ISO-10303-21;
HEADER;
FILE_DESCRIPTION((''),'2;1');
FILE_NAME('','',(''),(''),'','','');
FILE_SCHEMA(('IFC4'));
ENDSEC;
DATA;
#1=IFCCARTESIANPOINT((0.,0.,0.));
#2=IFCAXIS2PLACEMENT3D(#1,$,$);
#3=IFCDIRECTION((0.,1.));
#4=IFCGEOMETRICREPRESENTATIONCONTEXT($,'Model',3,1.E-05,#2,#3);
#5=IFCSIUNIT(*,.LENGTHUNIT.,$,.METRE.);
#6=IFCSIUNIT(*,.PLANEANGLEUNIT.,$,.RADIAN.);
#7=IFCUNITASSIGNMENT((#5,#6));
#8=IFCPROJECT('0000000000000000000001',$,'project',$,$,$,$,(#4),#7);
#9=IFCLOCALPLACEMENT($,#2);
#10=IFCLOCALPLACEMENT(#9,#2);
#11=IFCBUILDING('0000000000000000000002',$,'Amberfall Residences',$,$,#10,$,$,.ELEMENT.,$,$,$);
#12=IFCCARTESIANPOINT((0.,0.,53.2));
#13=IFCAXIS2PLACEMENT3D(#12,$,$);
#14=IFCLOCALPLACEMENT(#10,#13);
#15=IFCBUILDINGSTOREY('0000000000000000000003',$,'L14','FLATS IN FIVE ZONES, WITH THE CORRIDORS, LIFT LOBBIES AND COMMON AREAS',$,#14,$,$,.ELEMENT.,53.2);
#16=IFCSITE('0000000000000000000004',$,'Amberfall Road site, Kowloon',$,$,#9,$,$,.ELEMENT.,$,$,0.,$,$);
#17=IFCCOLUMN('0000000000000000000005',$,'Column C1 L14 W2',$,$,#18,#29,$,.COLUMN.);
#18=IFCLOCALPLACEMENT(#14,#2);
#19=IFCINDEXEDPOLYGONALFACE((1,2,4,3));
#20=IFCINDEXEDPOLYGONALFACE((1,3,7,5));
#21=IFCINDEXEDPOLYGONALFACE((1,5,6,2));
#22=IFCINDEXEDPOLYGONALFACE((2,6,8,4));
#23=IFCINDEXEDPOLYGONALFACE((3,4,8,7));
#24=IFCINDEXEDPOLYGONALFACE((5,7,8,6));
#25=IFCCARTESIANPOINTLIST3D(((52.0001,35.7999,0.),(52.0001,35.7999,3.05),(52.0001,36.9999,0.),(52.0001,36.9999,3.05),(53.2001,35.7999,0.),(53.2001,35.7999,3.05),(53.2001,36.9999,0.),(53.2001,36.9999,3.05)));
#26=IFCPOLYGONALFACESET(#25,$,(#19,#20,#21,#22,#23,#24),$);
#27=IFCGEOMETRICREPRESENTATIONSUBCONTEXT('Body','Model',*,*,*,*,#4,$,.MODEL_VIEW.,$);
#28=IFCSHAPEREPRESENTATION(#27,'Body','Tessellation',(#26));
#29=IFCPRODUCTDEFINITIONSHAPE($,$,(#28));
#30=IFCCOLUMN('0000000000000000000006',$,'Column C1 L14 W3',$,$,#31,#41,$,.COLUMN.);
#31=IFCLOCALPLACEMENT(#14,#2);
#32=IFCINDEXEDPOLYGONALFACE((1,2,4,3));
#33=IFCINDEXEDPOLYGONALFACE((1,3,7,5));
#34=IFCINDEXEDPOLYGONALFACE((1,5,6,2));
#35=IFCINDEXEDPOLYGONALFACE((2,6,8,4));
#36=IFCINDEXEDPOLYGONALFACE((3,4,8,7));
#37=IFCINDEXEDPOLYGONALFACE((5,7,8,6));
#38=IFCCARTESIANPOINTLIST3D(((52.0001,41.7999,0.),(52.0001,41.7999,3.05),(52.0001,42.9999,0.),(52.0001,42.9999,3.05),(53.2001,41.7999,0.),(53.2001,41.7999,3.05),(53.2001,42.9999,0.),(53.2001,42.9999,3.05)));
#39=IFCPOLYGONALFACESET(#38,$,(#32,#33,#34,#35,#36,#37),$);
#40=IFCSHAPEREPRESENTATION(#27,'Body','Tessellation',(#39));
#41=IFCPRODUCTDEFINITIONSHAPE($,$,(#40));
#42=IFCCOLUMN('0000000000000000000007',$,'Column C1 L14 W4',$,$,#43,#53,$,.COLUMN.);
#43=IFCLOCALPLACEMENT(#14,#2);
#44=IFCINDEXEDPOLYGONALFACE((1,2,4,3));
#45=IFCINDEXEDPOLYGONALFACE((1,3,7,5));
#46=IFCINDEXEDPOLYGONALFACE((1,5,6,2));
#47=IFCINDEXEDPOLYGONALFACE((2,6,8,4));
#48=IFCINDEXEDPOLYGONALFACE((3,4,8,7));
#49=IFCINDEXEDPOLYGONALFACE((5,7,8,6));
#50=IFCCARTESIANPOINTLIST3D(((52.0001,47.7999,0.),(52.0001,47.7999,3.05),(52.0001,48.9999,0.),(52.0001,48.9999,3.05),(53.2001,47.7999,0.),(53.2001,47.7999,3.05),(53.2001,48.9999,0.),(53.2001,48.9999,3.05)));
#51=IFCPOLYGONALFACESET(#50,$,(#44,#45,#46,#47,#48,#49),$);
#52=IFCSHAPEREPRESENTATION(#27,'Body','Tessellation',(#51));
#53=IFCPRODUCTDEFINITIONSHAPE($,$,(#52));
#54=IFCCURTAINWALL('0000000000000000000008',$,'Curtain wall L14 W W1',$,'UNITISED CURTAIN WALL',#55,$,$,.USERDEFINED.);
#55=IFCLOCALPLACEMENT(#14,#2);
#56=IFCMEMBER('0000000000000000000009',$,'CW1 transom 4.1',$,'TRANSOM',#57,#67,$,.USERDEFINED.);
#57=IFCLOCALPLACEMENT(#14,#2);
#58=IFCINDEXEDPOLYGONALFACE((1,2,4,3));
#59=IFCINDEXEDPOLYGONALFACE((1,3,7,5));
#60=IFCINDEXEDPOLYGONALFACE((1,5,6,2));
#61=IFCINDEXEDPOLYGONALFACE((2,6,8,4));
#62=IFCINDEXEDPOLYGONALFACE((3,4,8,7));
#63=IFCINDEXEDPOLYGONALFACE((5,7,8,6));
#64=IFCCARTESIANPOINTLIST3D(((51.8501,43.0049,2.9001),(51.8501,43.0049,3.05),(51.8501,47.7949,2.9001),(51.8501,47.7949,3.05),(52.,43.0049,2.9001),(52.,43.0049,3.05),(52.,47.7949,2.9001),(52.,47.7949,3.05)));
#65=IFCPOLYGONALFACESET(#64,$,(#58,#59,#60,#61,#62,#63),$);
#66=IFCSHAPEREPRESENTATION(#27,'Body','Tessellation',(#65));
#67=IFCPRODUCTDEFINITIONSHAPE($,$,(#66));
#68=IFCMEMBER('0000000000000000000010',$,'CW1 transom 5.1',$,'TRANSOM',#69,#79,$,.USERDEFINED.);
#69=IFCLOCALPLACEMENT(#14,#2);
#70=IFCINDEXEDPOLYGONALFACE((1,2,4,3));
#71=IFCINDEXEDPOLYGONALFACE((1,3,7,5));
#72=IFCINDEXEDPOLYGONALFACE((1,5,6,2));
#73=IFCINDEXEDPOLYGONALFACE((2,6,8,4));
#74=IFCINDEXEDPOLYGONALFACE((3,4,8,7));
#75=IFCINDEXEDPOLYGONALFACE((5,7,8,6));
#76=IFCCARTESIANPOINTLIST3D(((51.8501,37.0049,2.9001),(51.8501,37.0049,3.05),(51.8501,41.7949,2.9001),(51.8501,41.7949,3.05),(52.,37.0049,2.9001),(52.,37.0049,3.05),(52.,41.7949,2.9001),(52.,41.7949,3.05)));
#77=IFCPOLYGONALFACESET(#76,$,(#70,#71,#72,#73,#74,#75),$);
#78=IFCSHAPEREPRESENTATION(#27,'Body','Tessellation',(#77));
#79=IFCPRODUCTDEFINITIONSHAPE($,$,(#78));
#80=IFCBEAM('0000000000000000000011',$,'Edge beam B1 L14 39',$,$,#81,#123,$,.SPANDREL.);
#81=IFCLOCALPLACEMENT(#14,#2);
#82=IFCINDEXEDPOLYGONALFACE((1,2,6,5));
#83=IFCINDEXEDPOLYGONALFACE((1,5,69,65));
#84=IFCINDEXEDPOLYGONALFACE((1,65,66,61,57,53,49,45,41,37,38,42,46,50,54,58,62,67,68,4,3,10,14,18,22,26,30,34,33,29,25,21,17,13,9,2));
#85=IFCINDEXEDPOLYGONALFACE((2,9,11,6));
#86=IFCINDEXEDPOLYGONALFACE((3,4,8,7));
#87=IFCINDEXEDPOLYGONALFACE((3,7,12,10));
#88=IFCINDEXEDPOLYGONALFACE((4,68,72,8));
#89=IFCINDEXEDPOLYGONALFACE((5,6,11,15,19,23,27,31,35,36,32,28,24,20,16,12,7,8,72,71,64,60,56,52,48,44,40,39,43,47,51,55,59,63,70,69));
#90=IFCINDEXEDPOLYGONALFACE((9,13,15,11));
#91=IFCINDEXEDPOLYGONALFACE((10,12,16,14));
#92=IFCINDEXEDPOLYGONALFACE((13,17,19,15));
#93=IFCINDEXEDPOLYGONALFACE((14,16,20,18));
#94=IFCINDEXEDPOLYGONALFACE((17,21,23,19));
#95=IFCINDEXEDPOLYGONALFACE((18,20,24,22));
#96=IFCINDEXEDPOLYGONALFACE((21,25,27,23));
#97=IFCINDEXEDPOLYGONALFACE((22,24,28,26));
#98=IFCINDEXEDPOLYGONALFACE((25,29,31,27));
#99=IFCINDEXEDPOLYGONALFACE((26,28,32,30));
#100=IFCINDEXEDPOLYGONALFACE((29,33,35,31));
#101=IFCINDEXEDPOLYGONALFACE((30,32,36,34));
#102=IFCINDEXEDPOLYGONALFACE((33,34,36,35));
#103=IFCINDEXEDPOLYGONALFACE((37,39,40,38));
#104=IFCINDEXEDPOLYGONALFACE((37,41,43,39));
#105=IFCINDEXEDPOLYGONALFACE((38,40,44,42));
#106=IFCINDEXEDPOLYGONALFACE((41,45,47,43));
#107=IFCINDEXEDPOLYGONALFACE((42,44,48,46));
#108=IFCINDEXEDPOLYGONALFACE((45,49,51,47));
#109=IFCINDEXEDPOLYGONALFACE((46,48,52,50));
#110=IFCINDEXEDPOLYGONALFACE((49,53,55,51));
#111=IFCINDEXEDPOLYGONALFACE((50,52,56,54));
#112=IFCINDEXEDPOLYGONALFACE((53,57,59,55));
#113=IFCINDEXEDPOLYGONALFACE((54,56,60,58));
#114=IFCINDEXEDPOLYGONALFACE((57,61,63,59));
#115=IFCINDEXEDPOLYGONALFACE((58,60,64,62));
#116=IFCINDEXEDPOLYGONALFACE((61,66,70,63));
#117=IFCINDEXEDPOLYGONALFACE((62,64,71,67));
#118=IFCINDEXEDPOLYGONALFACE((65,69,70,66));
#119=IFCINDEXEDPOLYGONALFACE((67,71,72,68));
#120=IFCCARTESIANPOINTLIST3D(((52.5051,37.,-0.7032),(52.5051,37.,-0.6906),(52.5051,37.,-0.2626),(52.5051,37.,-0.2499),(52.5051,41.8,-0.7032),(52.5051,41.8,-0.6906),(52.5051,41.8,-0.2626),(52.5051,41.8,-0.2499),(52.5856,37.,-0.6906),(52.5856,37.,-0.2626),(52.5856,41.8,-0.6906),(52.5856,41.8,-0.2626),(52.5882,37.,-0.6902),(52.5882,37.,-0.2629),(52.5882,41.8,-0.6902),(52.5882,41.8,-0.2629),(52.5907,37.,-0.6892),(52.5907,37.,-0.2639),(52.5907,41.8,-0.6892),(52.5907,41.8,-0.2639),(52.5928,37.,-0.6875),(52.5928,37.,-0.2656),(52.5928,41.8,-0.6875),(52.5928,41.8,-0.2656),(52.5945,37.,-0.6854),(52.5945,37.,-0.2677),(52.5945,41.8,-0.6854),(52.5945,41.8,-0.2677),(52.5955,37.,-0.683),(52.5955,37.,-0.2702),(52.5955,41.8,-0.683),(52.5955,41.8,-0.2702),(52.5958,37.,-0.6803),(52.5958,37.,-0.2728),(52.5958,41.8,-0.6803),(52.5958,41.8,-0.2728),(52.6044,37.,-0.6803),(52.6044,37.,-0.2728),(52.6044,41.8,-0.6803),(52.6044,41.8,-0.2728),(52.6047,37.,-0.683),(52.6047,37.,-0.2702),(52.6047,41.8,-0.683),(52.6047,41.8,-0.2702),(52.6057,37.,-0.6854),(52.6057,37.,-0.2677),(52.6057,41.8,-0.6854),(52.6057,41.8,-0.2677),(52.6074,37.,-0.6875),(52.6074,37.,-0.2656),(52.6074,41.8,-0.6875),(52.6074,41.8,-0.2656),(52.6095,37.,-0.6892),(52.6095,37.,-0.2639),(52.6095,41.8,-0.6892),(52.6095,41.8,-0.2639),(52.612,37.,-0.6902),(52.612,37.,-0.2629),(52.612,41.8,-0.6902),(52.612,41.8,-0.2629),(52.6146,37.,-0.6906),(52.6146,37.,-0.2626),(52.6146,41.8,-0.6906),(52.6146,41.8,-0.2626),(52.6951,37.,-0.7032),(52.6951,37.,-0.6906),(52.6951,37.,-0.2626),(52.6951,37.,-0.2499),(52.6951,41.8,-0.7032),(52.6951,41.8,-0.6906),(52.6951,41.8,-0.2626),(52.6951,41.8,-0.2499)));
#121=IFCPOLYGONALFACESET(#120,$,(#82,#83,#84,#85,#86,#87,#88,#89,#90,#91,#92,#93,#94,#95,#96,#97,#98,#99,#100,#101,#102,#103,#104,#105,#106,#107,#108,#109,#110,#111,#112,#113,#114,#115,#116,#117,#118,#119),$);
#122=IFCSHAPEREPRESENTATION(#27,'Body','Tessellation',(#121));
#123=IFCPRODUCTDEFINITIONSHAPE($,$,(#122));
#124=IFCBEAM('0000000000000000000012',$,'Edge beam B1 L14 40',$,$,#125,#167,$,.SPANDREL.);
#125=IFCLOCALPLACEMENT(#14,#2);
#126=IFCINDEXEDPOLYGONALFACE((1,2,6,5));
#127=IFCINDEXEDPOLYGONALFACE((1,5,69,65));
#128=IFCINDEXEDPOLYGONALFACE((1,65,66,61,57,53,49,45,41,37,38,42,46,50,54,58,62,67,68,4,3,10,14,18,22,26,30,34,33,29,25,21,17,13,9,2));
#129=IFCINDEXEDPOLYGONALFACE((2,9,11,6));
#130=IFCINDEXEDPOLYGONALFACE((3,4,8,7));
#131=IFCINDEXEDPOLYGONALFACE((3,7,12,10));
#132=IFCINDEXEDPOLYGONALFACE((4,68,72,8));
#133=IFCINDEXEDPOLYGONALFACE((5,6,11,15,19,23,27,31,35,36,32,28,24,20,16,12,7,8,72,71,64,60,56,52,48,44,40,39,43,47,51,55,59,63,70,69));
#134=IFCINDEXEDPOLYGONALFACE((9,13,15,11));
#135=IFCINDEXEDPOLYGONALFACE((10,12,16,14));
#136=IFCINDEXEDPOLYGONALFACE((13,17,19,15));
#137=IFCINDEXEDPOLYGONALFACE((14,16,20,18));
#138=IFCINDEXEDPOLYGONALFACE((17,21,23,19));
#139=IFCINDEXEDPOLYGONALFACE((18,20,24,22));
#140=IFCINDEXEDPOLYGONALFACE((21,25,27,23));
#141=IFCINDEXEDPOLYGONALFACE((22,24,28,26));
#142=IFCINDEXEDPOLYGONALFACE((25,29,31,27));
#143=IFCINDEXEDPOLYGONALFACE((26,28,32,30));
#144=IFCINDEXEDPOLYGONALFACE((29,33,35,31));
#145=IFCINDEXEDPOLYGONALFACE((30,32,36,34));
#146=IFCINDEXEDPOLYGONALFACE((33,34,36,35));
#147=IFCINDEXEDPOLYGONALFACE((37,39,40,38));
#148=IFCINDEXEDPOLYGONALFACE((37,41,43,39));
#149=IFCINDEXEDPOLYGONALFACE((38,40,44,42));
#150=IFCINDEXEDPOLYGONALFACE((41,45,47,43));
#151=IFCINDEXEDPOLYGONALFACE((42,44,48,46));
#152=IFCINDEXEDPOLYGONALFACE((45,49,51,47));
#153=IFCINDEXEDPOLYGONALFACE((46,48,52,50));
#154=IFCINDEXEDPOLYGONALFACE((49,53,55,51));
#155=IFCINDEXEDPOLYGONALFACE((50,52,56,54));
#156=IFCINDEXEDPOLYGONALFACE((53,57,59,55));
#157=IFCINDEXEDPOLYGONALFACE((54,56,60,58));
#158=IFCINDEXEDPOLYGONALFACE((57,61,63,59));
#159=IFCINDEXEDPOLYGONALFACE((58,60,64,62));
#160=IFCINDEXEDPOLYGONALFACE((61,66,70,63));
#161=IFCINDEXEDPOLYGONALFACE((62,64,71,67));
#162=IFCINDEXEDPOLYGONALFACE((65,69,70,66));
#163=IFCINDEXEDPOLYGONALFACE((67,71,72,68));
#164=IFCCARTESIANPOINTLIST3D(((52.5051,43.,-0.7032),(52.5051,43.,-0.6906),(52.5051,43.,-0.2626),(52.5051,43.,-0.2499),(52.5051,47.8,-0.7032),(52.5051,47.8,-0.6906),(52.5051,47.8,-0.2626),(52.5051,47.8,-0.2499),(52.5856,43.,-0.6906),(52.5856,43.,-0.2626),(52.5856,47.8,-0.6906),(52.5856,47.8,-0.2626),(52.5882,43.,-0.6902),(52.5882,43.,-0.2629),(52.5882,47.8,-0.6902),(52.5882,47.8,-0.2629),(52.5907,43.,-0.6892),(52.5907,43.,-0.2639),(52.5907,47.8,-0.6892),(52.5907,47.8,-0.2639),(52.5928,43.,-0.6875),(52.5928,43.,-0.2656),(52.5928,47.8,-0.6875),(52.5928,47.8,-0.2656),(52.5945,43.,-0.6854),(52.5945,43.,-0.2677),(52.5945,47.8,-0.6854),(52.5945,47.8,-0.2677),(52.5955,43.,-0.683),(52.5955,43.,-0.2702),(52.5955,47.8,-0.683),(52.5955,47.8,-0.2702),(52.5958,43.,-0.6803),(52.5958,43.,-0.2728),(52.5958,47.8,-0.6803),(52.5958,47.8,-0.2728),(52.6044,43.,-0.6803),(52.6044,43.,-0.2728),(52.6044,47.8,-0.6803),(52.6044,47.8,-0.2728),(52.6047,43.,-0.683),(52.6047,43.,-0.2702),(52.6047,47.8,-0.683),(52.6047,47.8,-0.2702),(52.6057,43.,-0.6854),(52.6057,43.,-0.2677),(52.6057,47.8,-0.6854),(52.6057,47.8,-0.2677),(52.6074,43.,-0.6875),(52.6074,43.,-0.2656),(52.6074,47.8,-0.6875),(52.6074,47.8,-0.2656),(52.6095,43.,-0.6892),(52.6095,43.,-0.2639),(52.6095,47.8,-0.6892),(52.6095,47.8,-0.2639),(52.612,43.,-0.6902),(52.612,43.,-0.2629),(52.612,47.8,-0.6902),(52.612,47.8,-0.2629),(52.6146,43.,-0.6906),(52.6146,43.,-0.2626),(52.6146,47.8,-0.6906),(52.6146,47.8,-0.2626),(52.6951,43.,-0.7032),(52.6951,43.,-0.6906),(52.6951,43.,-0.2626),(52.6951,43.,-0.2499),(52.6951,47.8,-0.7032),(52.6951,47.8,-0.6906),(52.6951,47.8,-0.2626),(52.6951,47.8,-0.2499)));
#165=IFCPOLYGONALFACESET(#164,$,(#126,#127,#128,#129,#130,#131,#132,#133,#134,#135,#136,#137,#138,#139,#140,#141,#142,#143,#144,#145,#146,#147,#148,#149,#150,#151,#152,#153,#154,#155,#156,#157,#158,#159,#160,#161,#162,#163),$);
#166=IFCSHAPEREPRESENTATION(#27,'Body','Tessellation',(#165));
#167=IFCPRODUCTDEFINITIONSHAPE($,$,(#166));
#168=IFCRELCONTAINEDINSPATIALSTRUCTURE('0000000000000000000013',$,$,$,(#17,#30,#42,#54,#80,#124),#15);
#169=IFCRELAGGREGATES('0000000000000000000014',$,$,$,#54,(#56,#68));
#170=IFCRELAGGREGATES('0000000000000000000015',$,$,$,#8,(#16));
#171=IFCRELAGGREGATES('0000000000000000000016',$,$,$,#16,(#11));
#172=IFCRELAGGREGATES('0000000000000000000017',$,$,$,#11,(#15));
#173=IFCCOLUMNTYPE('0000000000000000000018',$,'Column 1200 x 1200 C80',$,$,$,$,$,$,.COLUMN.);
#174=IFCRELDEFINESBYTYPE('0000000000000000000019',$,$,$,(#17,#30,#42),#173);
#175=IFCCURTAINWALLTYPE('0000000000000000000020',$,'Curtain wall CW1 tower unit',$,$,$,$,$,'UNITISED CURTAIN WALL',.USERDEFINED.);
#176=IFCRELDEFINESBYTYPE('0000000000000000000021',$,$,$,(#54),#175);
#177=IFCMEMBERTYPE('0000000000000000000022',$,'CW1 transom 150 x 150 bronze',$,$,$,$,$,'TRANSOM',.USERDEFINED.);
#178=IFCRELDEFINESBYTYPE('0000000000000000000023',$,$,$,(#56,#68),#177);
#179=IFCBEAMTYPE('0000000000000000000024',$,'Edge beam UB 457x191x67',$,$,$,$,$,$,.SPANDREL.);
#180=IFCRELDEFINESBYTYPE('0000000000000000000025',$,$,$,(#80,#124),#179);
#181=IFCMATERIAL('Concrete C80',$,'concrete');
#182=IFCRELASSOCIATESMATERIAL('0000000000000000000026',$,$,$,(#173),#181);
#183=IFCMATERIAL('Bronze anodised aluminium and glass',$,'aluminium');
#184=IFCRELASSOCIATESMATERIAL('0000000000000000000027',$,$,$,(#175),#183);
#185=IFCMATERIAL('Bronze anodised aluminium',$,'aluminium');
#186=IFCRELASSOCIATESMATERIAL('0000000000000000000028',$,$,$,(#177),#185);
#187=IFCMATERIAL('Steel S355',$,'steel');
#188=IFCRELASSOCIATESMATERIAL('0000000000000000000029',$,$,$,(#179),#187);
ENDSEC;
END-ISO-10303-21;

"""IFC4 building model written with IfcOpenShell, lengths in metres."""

from ifc_helpers import new_model, si_unit, direction, frame, origin, origin_2d, place, context, subcontext, project, spatial, rectangle, i_section, extrude, material, material_profile, profile_set, type_object, element, aggregate, save


model = new_model("IFC4")

# Units and contexts
model_context = context("Model", 3, precision=1e-05, world=origin(), true_north=direction((0.0, 1.0)))
body_context = subcontext(model_context, "Body", "Model", "MODEL_VIEW")
ifc_project = project(units=[si_unit("LENGTHUNIT", "METRE"), si_unit("PLANEANGLEUNIT", "RADIAN")], contexts=[model_context])

# Site, building, storey
site_placement = place(None, origin())
site = spatial("IfcSite", under=ifc_project, at=site_placement, Name="Amberfall Road site, Kowloon", CompositionType="ELEMENT", RefElevation=0.0)
building_placement = place(site_placement, origin())
building = spatial("IfcBuilding", under=site, at=building_placement, Name="Amberfall Residences", CompositionType="ELEMENT")
storey_placement = place(building_placement, frame((0.0, 0.0, 53.2)))
storey = spatial("IfcBuildingStorey", under=building, at=storey_placement, Name="L14", Description="FLATS IN FIVE ZONES, WITH THE CORRIDORS, LIFT LOBBIES AND COMMON AREAS", CompositionType="ELEMENT", Elevation=53.2)

# Columns
ifc_material_1 = material(Name="Concrete C80", Category="concrete")
ifc_material_profile_1 = material_profile(ifc_material_1, rectangle(XDim=1.2, YDim=1.2, at=origin_2d()), Name="Column 1200 x 1200 C80")
ifc_profile_set_1 = profile_set([ifc_material_profile_1], Name="Concrete C80")
column_type = type_object("IfcColumnType", Name="Column 1200 x 1200 C80", PredefinedType="COLUMN", material=ifc_profile_set_1)
for number, where, z_axis, x_axis, name in (
    (1, (52.6001, 36.3999, 0.0), (0.0, 0.0, 1.0), (1.0, 0.0, 0.0), "Column C1 L14 W2"),
    (2, (52.6001, 42.3999, 0.0), (0.0, 0.0, 1.0), (1.0, 0.0, 0.0), "Column C1 L14 W3"),
    (3, (52.6001, 48.3999, 0.0), (0.0, 0.0, 1.0), (1.0, 0.0, 0.0), "Column C1 L14 W4"),
):
    element("IfcColumn", number, at=place(storey_placement, frame(where, z_axis=z_axis, x_axis=x_axis)), inside=storey, type_object=column_type, Name=name, PredefinedType="COLUMN", context=body_context, shape_type="SweptSolid", body=[
        extrude(rectangle(XDim=1.2, YDim=1.2, at=origin_2d()), origin(), (0.0, 0.0, 1.0), 3.05),
    ])

# Curtain wall, members
ifc_material_2 = material(Name="Bronze anodised aluminium and glass", Category="aluminium")
curtain_wall_type = type_object("IfcCurtainWallType", Name="Curtain wall CW1 tower unit", ElementType="UNITISED CURTAIN WALL", PredefinedType="USERDEFINED", material=ifc_material_2)
curtain_wall_placement = place(storey_placement, origin())
curtain_wall = element("IfcCurtainWall", 4, at=curtain_wall_placement, inside=storey, type_object=curtain_wall_type, Name="Curtain wall L14 W W1", ObjectType="UNITISED CURTAIN WALL", PredefinedType="USERDEFINED")
ifc_material_3 = material(Name="Bronze anodised aluminium", Category="aluminium")
ifc_material_profile_2 = material_profile(ifc_material_3, rectangle(XDim=0.1499, YDim=0.1499, at=origin_2d()), Name="CW1 transom 150 x 150 bronze")
ifc_profile_set_2 = profile_set([ifc_material_profile_2], Name="Bronze anodised aluminium")
member_type_1 = type_object("IfcMemberType", Name="CW1 transom 150 x 150 bronze", ElementType="TRANSOM", PredefinedType="USERDEFINED", material=ifc_profile_set_2)
member_1_placement = place(storey_placement, frame((51.925, 47.7949, 2.9751), z_axis=(0.0, -1.0, 0.0), x_axis=(1.0, 0.0, 0.0)))
member_1 = element("IfcMember", 5, at=member_1_placement, type_object=member_type_1, Name="CW1 transom 4.1", ObjectType="TRANSOM", PredefinedType="USERDEFINED", context=body_context, shape_type="SweptSolid", body=[
    extrude(rectangle(XDim=0.1499, YDim=0.1499, at=origin_2d()), origin(), (0.0, 0.0, 1.0), 4.79),
])
member_2_placement = place(storey_placement, frame((51.925, 41.7949, 2.9751), z_axis=(0.0, -1.0, 0.0), x_axis=(1.0, 0.0, 0.0)))
member_2 = element("IfcMember", 6, at=member_2_placement, type_object=member_type_1, Name="CW1 transom 5.1", ObjectType="TRANSOM", PredefinedType="USERDEFINED", context=body_context, shape_type="SweptSolid", body=[
    extrude(rectangle(XDim=0.1499, YDim=0.1499, at=origin_2d()), origin(), (0.0, 0.0, 1.0), 4.79),
])

# Beams
ifc_material_4 = material(Name="Steel S355", Category="steel")
ifc_material_profile_3 = material_profile(ifc_material_4, i_section(OverallWidth=0.1899, OverallDepth=0.4534, WebThickness=0.0085, FlangeThickness=0.0127, FilletRadius=0.0103, at=origin_2d()), Name="UB 457x191x67")
ifc_profile_set_3 = profile_set([ifc_material_profile_3], Name="Steel S355")
beam_type_1 = type_object("IfcBeamType", Name="Edge beam UB 457x191x67", PredefinedType="SPANDREL", material=ifc_profile_set_3)
for number, where, z_axis, x_axis, name in (
    (7, (52.6001, 37.0, -0.4766), (0.0, 1.0, 0.0), (-1.0, 0.0, 0.0), "Edge beam B1 L14 39"),
    (8, (52.6001, 43.0, -0.4766), (0.0, 1.0, 0.0), (-1.0, 0.0, 0.0), "Edge beam B1 L14 40"),
):
    element("IfcBeam", number, at=place(storey_placement, frame(where, z_axis=z_axis, x_axis=x_axis)), inside=storey, type_object=beam_type_1, Name=name, PredefinedType="SPANDREL", context=body_context, shape_type="SweptSolid", body=[
        extrude(i_section(OverallWidth=0.1899, OverallDepth=0.4534, WebThickness=0.0085, FlangeThickness=0.0127, FilletRadius=0.0103, at=origin_2d()), origin(), (0.0, 0.0, 1.0), 4.8),
    ])

aggregate(curtain_wall, [member_1, member_2])

save(model, "model.ifc")
